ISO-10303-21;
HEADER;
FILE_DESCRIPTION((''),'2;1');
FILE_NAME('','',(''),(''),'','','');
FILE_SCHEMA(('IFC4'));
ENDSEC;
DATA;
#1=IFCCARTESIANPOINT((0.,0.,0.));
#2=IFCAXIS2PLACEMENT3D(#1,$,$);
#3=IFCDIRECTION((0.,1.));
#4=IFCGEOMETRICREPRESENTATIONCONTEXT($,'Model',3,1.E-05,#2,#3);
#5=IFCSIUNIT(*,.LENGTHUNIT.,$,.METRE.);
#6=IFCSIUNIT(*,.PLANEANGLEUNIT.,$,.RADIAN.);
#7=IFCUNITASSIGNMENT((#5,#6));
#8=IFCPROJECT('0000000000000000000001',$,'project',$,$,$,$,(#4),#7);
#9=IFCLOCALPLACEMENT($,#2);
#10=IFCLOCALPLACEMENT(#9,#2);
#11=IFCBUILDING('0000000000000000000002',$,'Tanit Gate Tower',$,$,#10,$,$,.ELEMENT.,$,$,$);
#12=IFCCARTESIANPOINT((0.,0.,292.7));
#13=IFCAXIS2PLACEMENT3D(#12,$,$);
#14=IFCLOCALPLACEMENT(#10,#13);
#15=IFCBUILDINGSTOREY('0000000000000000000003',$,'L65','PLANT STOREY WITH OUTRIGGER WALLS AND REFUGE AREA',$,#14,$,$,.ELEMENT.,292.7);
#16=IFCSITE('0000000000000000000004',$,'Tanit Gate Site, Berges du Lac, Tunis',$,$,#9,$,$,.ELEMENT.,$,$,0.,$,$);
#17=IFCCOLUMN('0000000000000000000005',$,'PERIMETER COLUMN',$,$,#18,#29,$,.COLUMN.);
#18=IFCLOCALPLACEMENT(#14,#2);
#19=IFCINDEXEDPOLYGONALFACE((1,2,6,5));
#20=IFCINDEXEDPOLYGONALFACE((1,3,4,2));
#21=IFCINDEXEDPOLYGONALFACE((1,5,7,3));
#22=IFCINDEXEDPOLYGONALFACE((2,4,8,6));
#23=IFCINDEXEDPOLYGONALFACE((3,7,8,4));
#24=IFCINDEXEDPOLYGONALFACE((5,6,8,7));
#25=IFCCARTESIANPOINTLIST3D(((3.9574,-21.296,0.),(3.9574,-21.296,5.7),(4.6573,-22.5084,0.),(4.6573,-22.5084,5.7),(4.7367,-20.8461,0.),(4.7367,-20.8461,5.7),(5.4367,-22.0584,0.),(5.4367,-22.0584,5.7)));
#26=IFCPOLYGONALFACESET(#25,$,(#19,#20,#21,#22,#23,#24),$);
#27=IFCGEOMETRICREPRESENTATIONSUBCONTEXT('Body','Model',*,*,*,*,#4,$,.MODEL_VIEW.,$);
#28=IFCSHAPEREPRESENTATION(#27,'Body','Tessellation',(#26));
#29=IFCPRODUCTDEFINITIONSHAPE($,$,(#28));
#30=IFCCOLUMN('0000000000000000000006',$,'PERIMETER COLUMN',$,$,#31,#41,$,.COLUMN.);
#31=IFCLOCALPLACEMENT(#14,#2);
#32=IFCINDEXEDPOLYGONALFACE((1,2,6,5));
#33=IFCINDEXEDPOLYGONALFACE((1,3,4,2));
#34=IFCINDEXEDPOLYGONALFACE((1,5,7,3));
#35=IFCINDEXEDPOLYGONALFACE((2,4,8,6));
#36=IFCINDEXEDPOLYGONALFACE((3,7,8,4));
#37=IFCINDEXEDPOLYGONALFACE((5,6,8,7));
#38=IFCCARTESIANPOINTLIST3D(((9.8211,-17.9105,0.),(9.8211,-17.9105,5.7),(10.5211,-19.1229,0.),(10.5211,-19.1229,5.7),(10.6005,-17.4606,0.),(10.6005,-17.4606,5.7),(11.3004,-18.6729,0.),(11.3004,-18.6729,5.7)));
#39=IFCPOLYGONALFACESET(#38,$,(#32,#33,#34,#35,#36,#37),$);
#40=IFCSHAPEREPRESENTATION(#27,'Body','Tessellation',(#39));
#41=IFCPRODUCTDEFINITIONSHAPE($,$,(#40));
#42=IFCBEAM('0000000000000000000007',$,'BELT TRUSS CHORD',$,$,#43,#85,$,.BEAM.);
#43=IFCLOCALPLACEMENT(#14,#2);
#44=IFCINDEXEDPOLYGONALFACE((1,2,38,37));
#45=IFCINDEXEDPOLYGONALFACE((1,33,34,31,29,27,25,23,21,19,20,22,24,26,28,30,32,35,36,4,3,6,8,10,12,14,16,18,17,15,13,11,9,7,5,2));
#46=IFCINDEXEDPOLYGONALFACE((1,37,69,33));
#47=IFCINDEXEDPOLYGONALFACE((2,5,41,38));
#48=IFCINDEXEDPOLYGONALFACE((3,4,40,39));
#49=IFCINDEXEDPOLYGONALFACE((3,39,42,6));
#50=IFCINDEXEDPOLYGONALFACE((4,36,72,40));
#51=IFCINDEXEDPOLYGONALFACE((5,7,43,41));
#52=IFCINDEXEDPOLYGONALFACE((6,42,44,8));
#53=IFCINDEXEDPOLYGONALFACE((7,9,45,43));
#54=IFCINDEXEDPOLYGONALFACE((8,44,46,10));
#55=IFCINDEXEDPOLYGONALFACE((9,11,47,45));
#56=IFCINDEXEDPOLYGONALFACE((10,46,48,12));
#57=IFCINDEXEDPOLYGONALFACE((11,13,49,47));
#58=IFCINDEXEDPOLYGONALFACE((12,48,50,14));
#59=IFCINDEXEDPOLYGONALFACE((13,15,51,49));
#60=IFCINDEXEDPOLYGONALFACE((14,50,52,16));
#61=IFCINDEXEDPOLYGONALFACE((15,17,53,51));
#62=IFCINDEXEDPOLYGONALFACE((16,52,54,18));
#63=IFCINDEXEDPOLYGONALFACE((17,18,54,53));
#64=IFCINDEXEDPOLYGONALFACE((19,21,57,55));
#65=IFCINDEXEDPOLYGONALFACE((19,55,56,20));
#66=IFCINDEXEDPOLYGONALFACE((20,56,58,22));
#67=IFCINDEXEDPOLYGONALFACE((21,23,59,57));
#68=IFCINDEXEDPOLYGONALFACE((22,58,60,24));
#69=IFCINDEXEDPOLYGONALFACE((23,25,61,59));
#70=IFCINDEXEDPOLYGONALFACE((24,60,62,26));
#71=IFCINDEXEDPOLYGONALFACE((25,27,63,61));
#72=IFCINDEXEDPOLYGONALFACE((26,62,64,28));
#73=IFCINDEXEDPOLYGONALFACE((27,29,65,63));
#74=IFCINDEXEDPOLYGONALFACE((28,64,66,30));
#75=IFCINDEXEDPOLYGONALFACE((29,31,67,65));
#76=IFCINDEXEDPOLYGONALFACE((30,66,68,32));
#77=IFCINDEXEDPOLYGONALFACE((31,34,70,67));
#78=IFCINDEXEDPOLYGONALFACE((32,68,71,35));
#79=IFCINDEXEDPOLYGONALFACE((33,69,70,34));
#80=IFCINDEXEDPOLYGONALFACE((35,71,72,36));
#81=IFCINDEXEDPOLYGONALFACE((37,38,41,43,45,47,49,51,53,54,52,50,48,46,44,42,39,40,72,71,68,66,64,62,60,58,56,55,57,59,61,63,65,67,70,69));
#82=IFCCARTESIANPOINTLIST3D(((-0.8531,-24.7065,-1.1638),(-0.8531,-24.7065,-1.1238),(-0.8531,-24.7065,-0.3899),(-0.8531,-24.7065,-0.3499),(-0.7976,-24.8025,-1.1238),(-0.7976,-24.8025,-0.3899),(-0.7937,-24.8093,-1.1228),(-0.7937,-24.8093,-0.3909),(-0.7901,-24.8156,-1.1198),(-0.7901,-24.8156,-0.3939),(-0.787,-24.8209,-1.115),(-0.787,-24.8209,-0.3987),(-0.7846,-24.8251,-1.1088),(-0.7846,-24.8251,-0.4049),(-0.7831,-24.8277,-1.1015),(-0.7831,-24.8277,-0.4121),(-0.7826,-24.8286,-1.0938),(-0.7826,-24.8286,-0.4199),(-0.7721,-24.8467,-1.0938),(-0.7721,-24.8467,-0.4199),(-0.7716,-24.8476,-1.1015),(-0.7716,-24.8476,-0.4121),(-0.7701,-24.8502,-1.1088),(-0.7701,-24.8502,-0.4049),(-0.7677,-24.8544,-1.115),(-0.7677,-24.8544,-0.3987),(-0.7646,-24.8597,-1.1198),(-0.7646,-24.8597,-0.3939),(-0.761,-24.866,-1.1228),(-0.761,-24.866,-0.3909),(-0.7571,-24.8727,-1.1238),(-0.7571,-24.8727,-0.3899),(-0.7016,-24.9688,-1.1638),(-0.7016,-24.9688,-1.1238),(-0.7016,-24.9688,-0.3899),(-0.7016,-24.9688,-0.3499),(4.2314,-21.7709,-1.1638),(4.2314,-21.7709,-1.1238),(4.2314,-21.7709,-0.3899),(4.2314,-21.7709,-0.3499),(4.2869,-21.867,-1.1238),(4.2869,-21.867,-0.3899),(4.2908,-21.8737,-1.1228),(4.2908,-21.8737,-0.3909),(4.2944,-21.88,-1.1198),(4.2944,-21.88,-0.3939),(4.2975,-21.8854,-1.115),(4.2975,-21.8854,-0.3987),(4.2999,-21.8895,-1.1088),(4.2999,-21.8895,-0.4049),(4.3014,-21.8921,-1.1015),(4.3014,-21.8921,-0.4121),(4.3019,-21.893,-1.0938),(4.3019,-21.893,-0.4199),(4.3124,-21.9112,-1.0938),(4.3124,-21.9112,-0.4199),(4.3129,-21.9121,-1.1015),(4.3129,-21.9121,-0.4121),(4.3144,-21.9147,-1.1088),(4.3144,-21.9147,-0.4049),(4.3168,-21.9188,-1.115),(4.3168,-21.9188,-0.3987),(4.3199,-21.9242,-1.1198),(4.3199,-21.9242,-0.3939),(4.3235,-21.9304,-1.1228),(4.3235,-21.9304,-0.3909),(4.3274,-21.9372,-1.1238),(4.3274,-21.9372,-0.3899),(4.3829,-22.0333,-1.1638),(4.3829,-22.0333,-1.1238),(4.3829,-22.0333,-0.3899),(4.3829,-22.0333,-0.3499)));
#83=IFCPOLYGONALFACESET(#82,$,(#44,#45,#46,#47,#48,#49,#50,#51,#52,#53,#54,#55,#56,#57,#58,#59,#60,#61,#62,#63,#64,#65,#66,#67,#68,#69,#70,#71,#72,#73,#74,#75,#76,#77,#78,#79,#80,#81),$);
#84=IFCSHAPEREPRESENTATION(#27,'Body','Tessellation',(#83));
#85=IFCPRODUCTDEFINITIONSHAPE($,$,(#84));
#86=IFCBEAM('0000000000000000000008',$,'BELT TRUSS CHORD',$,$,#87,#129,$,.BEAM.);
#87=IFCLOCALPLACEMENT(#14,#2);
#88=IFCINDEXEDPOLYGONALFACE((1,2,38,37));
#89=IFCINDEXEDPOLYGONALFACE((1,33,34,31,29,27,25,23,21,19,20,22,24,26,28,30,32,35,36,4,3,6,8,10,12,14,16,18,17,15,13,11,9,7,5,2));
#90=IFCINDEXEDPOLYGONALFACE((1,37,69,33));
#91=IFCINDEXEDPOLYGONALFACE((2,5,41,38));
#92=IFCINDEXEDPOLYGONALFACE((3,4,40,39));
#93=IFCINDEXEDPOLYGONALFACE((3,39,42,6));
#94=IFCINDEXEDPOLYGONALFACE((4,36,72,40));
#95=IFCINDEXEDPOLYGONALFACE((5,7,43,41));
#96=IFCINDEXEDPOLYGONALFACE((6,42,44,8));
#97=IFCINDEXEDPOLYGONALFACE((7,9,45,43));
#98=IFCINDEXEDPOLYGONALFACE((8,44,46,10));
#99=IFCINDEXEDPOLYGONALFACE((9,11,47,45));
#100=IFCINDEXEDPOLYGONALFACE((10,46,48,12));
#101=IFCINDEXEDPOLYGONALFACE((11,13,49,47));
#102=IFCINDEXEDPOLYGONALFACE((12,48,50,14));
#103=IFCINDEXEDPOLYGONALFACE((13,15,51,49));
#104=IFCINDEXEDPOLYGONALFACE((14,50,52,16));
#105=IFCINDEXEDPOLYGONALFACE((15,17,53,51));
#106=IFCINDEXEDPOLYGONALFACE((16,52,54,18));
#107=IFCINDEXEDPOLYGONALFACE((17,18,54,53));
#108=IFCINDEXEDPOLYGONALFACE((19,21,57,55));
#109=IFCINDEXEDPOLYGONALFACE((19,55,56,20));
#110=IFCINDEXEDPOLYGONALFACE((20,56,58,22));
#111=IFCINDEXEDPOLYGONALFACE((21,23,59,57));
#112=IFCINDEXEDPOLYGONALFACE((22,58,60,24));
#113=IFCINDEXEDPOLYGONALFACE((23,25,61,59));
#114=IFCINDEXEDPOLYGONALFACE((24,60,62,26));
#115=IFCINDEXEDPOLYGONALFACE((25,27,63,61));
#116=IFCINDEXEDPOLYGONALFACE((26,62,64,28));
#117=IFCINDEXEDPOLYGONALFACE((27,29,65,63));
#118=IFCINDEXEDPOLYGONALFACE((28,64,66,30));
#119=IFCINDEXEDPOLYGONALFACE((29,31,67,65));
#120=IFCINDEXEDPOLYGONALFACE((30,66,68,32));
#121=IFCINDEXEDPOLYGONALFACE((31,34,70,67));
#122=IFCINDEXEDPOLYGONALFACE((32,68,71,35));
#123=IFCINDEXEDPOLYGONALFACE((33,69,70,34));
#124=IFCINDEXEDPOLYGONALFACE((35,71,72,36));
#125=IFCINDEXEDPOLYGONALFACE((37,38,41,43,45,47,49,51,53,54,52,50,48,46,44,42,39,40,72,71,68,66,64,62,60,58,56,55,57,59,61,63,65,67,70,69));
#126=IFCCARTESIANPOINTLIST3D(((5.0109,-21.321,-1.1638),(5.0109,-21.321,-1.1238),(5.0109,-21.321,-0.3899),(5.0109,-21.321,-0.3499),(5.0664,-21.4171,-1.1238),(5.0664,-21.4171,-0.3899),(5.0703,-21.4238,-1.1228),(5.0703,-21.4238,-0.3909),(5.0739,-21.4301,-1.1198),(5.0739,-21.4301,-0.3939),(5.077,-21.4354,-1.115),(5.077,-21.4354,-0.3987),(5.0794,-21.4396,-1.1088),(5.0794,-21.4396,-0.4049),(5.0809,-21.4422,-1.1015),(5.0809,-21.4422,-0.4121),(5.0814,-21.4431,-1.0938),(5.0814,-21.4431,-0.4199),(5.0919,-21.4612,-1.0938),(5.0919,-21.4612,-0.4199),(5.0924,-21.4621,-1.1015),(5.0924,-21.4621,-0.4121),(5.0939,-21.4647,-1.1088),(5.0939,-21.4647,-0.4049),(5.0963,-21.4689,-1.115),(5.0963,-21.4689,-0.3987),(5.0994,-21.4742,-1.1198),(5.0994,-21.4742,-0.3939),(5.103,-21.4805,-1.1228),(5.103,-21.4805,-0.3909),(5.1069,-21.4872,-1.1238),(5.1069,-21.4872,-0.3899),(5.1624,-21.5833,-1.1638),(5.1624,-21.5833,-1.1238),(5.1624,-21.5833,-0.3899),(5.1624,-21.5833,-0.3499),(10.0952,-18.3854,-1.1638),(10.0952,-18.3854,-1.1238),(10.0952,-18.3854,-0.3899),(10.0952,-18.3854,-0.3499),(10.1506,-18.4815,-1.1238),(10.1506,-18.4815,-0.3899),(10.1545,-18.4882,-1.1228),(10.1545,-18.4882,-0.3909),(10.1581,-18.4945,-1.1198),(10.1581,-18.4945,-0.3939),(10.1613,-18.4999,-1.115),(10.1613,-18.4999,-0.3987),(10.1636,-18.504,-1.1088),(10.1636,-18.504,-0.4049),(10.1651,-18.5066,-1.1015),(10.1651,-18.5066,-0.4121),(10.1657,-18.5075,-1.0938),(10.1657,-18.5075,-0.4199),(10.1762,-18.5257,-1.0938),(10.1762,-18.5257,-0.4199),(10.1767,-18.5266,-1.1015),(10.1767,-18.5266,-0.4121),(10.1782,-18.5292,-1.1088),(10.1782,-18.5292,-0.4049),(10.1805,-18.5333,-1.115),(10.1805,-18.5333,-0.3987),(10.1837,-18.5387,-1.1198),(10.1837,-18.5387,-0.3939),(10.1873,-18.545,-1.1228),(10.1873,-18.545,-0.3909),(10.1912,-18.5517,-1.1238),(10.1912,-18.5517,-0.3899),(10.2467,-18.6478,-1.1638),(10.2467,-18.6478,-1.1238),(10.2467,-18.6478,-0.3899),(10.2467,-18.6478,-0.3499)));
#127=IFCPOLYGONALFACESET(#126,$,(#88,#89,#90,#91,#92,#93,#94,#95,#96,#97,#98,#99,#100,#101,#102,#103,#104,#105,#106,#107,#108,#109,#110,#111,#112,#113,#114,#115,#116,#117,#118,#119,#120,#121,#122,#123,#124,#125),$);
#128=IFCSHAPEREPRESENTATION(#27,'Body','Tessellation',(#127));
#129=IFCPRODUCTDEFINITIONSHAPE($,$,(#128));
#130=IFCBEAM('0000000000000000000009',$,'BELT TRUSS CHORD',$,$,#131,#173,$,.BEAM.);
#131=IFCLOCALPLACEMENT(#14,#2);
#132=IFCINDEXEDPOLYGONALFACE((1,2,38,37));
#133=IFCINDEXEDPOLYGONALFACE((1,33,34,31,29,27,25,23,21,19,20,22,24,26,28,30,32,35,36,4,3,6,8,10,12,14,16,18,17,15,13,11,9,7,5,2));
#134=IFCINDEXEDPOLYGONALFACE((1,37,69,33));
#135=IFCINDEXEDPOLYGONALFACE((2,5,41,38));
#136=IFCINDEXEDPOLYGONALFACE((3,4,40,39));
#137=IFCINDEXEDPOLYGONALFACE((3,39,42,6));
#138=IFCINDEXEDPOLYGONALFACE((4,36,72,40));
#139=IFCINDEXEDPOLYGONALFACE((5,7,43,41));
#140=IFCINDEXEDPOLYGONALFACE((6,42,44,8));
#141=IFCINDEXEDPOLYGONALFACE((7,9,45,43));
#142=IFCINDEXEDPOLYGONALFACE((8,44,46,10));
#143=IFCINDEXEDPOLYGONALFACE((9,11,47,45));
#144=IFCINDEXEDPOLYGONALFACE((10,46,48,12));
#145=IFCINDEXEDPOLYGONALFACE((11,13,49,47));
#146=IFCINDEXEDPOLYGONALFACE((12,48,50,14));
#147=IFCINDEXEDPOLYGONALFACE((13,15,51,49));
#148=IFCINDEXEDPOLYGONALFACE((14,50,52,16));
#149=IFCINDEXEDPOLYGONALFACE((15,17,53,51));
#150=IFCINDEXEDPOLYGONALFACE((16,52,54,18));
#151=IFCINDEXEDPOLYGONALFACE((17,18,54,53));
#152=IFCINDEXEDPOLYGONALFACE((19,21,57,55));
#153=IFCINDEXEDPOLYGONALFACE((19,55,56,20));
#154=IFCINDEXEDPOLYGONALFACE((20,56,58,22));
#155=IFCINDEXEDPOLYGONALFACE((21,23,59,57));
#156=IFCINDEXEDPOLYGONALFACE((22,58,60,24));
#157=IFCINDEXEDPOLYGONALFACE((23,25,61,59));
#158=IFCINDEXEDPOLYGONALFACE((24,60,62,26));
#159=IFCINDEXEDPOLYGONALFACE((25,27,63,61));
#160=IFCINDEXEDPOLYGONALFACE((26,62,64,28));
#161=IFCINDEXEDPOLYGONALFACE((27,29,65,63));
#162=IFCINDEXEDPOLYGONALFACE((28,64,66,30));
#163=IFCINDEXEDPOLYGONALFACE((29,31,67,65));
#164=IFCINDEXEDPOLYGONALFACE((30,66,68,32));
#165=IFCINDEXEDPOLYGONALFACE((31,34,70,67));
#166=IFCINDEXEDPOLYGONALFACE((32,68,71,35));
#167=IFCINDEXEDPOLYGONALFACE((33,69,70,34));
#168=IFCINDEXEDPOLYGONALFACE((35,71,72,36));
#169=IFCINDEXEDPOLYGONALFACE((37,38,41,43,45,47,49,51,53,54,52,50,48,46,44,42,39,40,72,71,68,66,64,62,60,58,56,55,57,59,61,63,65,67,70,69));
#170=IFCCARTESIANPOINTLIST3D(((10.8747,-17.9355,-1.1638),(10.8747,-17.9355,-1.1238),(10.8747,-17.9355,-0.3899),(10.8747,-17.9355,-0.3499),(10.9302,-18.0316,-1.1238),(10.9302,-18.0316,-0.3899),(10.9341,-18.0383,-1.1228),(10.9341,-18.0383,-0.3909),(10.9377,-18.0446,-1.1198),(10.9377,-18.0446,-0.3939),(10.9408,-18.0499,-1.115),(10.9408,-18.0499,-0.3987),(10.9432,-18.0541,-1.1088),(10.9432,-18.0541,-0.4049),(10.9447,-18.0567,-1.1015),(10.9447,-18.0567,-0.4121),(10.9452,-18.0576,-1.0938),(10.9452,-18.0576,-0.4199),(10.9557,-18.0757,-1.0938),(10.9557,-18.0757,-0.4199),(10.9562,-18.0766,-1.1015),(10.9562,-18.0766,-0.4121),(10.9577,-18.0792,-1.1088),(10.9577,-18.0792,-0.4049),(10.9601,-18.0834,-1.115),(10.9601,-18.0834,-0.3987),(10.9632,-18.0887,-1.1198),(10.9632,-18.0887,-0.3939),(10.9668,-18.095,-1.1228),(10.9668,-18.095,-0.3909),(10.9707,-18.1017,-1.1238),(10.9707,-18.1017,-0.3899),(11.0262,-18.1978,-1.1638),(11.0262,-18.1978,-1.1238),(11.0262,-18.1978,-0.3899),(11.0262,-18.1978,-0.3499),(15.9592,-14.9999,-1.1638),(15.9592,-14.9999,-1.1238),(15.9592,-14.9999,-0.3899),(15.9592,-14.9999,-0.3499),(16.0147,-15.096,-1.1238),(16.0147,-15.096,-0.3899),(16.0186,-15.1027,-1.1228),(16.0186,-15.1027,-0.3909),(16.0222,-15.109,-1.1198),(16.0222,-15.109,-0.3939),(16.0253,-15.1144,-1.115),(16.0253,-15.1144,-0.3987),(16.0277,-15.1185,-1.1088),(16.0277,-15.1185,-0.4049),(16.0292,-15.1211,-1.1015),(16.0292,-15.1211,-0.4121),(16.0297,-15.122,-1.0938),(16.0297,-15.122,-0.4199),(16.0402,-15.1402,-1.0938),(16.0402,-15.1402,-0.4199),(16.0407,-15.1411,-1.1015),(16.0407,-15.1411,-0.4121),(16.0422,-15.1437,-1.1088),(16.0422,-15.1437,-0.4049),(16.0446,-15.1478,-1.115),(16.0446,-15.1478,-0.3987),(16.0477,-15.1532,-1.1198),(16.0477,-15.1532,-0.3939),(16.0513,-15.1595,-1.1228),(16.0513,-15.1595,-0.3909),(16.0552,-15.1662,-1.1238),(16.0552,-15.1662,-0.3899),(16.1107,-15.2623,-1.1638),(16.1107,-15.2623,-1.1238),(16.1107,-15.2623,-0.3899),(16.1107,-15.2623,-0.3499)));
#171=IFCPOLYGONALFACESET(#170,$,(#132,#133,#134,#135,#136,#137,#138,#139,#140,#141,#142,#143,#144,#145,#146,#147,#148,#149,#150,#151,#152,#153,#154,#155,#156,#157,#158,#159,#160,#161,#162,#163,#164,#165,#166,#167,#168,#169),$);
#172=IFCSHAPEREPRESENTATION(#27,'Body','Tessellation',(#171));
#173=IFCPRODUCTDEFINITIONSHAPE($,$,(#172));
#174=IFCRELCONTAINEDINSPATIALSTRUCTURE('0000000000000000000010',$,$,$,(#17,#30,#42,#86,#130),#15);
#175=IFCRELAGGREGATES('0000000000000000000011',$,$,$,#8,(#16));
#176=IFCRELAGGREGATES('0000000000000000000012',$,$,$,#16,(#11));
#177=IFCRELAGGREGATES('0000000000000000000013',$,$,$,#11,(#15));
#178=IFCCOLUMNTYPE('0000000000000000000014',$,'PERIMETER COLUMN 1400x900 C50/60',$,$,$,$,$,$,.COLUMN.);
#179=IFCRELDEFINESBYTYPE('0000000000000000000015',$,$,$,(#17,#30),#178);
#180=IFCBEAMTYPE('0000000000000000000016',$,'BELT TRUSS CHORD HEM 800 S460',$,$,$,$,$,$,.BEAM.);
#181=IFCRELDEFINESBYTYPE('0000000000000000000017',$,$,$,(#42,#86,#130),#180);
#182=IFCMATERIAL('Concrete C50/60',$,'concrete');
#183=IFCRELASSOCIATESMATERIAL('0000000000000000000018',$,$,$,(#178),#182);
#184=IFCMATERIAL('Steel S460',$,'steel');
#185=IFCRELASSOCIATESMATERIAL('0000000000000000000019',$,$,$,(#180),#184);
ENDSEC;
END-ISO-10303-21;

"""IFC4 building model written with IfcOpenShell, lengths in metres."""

from ifc_helpers import new_model, si_unit, direction, frame, origin, origin_2d, place, context, subcontext, project, spatial, rectangle, i_section, extrude, material, material_profile, profile_set, type_object, element, save


model = new_model("IFC4")

# Units and contexts
model_context = context("Model", 3, precision=1e-05, world=origin(), true_north=direction((0.0, 1.0)))
body_context = subcontext(model_context, "Body", "Model", "MODEL_VIEW")
ifc_project = project(units=[si_unit("LENGTHUNIT", "METRE"), si_unit("PLANEANGLEUNIT", "RADIAN")], contexts=[model_context])

# Site, building, storey
site_placement = place(None, origin())
site = spatial("IfcSite", under=ifc_project, at=site_placement, Name="Tanit Gate Site, Berges du Lac, Tunis", CompositionType="ELEMENT", RefElevation=0.0)
building_placement = place(site_placement, origin())
building = spatial("IfcBuilding", under=site, at=building_placement, Name="Tanit Gate Tower", CompositionType="ELEMENT")
storey_placement = place(building_placement, frame((0.0, 0.0, 292.7)))
storey = spatial("IfcBuildingStorey", under=building, at=storey_placement, Name="L65", Description="PLANT STOREY WITH OUTRIGGER WALLS AND REFUGE AREA", CompositionType="ELEMENT", Elevation=292.7)

# Columns
ifc_material_1 = material(Name="Concrete C50/60", Category="concrete")
ifc_material_profile_1 = material_profile(ifc_material_1, rectangle(XDim=1.3999, YDim=0.8999, at=origin_2d()), Name="RC 1400x900")
ifc_profile_set_1 = profile_set([ifc_material_profile_1], Name="Concrete C50/60")
column_type = type_object("IfcColumnType", Name="PERIMETER COLUMN 1400x900 C50/60", PredefinedType="COLUMN", material=ifc_profile_set_1)
for number, where, z_axis, x_axis, name in (
    (1, (4.697, -21.6772, 0.0), (0.0, 0.0, 1.0), (0.5, -0.866025, 0.0), "PERIMETER COLUMN"),
    (2, (10.5608, -18.2917, 0.0), (0.0, 0.0, 1.0), (0.5, -0.866025, 0.0), "PERIMETER COLUMN"),
):
    element("IfcColumn", number, at=place(storey_placement, frame(where, z_axis=z_axis, x_axis=x_axis)), inside=storey, type_object=column_type, Name=name, PredefinedType="COLUMN", context=body_context, shape_type="SweptSolid", body=[
        extrude(rectangle(XDim=1.3999, YDim=0.8999, at=origin_2d()), origin(), (0.0, 0.0, 1.0), 5.7),
    ])

# Beams
ifc_material_2 = material(Name="Steel S460", Category="steel")
ifc_material_profile_2 = material_profile(ifc_material_2, i_section(OverallWidth=0.303, OverallDepth=0.814, WebThickness=0.021, FlangeThickness=0.04, FilletRadius=0.03, at=origin_2d()), Name="HEM 800")
ifc_profile_set_2 = profile_set([ifc_material_profile_2], Name="Steel S460")
beam_type_1 = type_object("IfcBeamType", Name="BELT TRUSS CHORD HEM 800 S460", PredefinedType="BEAM", material=ifc_profile_set_2)
beam_1_placement = place(storey_placement, frame((-0.7773, -24.8376, -0.7568), z_axis=(0.866024, 0.500003, 0.0), x_axis=(-0.500003, 0.866024, 0.0)))
element("IfcBeam", 3, at=beam_1_placement, inside=storey, type_object=beam_type_1, Name="BELT TRUSS CHORD", PredefinedType="BEAM", context=body_context, shape_type="SweptSolid", body=[
    extrude(i_section(OverallWidth=0.303, OverallDepth=0.814, WebThickness=0.021, FlangeThickness=0.04, FilletRadius=0.03, at=origin_2d()), origin(), (0.0, 0.0, 1.0), 5.8711),
])
beam_2_placement = place(storey_placement, frame((5.0867, -21.4521, -0.7568), z_axis=(0.866013, 0.500021, 0.0), x_axis=(-0.500021, 0.866013, 0.0)))
element("IfcBeam", 4, at=beam_2_placement, inside=storey, type_object=beam_type_1, Name="BELT TRUSS CHORD", PredefinedType="BEAM", context=body_context, shape_type="SweptSolid", body=[
    extrude(i_section(OverallWidth=0.303, OverallDepth=0.814, WebThickness=0.021, FlangeThickness=0.04, FilletRadius=0.03, at=origin_2d()), origin(), (0.0, 0.0, 1.0), 5.8708),
])
beam_3_placement = place(storey_placement, frame((10.9504, -18.0667, -0.7568), z_axis=(0.866024, 0.500003, 0.0), x_axis=(-0.500003, 0.866024, 0.0)))
element("IfcBeam", 5, at=beam_3_placement, inside=storey, type_object=beam_type_1, Name="BELT TRUSS CHORD", PredefinedType="BEAM", context=body_context, shape_type="SweptSolid", body=[
    extrude(i_section(OverallWidth=0.303, OverallDepth=0.814, WebThickness=0.021, FlangeThickness=0.04, FilletRadius=0.03, at=origin_2d()), origin(), (0.0, 0.0, 1.0), 5.8711),
])

save(model, "model.ifc")
